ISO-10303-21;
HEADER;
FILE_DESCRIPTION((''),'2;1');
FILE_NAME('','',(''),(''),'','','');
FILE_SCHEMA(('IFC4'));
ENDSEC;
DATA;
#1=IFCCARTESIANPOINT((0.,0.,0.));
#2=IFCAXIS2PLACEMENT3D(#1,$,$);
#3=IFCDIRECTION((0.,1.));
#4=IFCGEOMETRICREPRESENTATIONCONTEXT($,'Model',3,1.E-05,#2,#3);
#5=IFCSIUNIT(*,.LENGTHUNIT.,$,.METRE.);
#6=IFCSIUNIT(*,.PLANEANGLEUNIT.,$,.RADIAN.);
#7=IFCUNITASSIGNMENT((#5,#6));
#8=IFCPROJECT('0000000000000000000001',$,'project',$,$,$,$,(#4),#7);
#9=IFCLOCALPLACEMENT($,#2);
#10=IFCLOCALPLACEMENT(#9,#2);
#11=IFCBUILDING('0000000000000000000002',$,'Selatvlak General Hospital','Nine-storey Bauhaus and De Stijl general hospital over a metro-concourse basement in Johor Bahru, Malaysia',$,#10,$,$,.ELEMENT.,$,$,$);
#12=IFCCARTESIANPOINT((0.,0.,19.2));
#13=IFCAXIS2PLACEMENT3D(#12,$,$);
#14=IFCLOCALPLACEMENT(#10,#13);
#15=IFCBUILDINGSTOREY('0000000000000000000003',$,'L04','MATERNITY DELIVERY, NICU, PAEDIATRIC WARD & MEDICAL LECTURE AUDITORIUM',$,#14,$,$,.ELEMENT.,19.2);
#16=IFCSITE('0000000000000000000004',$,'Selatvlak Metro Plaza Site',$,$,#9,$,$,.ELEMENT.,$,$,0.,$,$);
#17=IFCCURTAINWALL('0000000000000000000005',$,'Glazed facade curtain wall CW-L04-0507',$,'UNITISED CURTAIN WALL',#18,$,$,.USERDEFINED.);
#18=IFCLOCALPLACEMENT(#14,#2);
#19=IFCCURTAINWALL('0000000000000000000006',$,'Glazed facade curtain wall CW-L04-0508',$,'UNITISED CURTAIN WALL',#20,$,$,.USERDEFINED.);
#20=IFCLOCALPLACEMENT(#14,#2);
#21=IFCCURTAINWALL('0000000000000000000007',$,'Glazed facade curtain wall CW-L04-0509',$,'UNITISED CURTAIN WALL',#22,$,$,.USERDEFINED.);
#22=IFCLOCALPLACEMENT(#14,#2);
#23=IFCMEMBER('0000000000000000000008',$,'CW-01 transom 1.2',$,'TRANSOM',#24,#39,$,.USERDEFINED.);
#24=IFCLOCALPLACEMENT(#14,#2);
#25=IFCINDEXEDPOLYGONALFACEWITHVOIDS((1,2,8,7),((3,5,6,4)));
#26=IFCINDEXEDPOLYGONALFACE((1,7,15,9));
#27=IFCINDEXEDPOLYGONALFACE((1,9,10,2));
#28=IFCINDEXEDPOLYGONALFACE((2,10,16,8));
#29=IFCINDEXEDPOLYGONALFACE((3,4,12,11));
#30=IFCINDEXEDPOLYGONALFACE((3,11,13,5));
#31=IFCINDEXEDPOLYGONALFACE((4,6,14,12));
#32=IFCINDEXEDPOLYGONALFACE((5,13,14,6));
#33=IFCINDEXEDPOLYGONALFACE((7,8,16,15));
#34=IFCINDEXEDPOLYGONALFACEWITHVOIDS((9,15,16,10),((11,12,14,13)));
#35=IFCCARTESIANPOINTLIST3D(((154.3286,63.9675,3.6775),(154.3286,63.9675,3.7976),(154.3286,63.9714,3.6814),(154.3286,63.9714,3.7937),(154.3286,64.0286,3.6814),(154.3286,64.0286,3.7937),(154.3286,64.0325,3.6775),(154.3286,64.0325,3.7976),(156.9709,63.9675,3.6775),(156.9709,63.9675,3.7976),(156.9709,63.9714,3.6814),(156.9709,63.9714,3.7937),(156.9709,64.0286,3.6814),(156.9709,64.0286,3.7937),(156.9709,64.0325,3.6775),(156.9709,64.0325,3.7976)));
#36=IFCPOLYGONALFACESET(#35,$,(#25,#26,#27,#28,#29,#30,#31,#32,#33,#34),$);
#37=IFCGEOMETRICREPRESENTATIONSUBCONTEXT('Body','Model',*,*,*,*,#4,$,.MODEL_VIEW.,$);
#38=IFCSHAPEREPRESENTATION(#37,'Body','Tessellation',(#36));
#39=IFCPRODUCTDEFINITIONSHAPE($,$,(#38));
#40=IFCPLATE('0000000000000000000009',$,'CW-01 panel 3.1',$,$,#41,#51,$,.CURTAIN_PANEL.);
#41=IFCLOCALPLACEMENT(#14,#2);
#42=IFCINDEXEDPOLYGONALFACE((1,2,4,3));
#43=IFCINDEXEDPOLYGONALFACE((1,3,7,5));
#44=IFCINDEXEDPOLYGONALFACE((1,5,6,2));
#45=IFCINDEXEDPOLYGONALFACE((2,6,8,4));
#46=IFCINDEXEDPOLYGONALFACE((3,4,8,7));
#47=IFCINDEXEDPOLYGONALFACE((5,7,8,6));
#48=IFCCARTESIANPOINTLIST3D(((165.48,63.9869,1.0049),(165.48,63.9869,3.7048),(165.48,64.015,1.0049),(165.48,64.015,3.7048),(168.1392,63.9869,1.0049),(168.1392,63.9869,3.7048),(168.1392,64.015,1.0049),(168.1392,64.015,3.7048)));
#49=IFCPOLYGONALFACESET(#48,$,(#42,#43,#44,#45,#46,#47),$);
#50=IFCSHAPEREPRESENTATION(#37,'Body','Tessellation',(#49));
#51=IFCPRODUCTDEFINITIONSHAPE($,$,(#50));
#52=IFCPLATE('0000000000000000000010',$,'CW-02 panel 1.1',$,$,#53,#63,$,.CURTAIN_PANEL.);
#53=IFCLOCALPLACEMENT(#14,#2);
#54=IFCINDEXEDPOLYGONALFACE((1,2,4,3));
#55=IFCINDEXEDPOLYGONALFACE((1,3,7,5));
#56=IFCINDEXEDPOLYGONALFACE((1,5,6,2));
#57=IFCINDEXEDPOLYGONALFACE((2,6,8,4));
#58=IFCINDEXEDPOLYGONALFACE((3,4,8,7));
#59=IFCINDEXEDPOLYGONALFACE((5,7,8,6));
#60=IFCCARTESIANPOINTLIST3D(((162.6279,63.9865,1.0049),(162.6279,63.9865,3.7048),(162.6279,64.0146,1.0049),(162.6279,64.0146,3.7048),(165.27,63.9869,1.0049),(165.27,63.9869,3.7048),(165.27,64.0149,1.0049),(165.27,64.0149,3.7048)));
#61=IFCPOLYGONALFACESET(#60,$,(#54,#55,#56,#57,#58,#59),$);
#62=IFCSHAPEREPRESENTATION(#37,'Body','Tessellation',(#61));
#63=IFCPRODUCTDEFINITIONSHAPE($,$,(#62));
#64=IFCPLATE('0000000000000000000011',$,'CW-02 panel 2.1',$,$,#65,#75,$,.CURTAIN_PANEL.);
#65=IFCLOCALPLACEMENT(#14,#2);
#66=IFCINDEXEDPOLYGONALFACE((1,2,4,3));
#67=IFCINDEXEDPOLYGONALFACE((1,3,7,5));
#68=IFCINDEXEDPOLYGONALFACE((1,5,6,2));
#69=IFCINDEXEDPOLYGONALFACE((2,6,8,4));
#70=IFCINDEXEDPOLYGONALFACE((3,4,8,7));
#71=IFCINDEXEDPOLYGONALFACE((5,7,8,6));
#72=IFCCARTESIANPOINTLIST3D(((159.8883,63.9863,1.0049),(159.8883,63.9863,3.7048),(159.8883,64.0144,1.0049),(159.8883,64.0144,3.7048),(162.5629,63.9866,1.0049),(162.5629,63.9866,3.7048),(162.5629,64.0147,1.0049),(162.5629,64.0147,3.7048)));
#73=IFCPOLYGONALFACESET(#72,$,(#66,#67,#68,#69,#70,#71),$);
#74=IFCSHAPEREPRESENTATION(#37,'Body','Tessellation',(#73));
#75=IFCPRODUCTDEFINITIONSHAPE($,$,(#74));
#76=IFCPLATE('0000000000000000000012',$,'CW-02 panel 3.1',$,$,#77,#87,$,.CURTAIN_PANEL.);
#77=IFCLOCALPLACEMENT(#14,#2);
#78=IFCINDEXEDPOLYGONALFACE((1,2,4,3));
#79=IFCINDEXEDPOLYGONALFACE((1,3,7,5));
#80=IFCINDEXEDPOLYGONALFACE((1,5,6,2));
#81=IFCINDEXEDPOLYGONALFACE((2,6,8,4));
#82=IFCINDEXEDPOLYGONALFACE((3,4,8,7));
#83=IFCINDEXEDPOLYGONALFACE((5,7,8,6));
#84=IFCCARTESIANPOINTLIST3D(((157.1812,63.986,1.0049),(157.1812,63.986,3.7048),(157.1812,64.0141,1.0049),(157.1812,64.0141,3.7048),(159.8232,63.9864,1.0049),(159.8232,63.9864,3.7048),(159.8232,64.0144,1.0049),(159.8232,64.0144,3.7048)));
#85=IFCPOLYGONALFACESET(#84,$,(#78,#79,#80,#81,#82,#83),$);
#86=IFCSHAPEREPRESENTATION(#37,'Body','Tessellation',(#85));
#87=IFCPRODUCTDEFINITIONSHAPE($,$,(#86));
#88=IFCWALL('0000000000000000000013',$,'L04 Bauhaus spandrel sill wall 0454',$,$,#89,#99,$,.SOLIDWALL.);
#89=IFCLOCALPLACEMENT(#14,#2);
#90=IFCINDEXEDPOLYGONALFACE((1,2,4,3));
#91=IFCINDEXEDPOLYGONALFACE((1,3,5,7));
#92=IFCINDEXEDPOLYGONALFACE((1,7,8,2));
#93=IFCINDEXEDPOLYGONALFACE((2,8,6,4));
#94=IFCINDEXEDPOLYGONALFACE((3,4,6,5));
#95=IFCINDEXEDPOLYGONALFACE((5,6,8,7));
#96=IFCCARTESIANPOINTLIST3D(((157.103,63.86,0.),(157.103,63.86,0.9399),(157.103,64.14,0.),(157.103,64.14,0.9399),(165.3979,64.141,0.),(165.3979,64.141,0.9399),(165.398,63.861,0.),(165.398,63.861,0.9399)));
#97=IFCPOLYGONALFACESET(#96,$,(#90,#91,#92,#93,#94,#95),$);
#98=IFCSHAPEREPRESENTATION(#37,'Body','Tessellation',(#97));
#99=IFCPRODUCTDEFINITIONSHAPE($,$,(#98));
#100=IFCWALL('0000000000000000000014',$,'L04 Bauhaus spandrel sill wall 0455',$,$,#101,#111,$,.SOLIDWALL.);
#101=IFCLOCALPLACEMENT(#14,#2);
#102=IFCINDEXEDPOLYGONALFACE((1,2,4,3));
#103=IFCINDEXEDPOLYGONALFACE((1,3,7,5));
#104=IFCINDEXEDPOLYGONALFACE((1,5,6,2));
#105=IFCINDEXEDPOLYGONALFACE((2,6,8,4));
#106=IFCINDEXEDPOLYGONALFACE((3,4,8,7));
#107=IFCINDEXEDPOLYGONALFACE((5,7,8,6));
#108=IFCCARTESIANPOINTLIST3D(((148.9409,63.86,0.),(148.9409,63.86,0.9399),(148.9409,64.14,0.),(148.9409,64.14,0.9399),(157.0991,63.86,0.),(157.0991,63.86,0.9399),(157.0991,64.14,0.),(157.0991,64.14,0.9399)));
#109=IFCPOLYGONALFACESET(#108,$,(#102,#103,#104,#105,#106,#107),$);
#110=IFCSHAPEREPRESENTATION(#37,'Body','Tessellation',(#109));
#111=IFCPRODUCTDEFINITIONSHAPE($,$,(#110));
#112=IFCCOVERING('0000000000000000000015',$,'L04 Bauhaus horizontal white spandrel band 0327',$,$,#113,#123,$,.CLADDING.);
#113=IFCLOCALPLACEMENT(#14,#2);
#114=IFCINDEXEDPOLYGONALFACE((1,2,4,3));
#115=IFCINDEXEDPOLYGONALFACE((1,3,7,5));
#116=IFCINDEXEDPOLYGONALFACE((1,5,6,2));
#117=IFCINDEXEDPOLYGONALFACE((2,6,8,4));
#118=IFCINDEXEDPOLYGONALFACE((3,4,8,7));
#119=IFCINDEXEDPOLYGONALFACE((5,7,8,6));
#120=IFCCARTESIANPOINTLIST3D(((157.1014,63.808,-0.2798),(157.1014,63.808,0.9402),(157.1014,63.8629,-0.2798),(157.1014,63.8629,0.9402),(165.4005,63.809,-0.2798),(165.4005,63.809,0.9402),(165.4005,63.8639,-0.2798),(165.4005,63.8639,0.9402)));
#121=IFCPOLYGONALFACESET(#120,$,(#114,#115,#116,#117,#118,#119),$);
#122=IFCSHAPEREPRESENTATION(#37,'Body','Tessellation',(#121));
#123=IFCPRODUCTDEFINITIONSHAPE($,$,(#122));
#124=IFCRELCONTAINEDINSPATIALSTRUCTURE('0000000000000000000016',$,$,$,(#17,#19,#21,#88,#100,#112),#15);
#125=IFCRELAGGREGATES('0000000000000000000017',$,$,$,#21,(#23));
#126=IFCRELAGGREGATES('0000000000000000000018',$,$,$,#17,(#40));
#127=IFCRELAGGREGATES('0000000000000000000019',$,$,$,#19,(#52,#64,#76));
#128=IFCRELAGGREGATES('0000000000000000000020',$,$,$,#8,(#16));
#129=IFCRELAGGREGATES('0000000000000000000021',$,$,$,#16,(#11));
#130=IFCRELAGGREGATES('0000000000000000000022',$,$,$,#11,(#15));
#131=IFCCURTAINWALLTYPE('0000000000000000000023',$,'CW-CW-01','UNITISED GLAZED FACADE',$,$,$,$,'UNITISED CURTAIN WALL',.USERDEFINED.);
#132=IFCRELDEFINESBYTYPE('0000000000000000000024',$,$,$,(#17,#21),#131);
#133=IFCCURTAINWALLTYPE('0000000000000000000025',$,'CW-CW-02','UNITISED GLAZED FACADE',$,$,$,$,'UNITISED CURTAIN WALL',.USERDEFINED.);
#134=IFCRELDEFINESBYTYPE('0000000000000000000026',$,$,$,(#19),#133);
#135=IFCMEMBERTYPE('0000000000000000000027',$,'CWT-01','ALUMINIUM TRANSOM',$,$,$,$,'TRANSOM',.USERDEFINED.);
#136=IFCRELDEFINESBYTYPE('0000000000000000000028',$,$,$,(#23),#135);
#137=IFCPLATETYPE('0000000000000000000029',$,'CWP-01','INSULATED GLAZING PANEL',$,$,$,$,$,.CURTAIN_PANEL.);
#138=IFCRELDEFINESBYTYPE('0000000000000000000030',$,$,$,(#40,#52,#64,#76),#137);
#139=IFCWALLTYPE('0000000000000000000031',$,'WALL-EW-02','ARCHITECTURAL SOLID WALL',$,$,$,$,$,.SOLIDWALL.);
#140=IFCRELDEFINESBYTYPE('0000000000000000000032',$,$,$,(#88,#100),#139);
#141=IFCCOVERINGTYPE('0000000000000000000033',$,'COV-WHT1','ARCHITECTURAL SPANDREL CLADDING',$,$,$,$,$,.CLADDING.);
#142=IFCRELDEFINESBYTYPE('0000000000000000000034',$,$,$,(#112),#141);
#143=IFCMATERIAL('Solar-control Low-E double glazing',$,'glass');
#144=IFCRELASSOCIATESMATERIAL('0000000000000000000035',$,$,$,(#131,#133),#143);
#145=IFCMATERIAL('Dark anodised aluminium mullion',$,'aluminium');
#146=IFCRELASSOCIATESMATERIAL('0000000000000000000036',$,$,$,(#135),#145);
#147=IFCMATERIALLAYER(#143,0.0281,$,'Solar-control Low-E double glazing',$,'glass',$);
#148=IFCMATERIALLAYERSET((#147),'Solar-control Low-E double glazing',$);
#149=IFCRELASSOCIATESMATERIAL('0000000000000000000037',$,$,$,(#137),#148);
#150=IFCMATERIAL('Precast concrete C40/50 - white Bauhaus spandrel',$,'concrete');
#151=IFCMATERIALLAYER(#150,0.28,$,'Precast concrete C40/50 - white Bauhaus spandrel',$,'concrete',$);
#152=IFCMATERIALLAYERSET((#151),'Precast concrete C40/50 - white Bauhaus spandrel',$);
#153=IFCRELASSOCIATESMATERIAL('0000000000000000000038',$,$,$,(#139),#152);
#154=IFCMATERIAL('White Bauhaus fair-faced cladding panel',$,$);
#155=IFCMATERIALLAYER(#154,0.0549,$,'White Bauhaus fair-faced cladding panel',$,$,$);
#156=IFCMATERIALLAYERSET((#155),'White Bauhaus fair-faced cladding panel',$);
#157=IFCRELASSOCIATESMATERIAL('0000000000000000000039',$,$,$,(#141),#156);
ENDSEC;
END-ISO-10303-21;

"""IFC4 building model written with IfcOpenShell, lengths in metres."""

from ifc_helpers import new_model, si_unit, direction, frame, frame_2d, origin, origin_2d, place, context, subcontext, project, spatial, rectangle, hollow_rectangle, extrude, material, layer, layer_set, material_profile, profile_set, type_object, element, aggregate, save


model = new_model("IFC4")

# Units and contexts
model_context = context("Model", 3, precision=1e-05, world=origin(), true_north=direction((0.0, 1.0)))
body_context = subcontext(model_context, "Body", "Model", "MODEL_VIEW")
ifc_project = project(units=[si_unit("LENGTHUNIT", "METRE"), si_unit("PLANEANGLEUNIT", "RADIAN")], contexts=[model_context])

# Site, building, storey
site_placement = place(None, origin())
site = spatial("IfcSite", under=ifc_project, at=site_placement, Name="Selatvlak Metro Plaza Site", CompositionType="ELEMENT", RefElevation=0.0)
building_placement = place(site_placement, origin())
building = spatial("IfcBuilding", under=site, at=building_placement, Name="Selatvlak General Hospital", Description="Nine-storey Bauhaus and De Stijl general hospital over a metro-concourse basement in Johor Bahru, Malaysia", CompositionType="ELEMENT")
storey_placement = place(building_placement, frame((0.0, 0.0, 19.2)))
storey = spatial("IfcBuildingStorey", under=building, at=storey_placement, Name="L04", Description="MATERNITY DELIVERY, NICU, PAEDIATRIC WARD & MEDICAL LECTURE AUDITORIUM", CompositionType="ELEMENT", Elevation=19.2)

# Curtain wall
ifc_material_1 = material(Name="Solar-control Low-E double glazing", Category="glass")
curtain_wall_type_1 = type_object("IfcCurtainWallType", Name="CW-CW-01", Description="UNITISED GLAZED FACADE", ElementType="UNITISED CURTAIN WALL", PredefinedType="USERDEFINED", material=ifc_material_1)
curtain_wall_1_placement = place(storey_placement, origin())
curtain_wall_1 = element("IfcCurtainWall", 1, at=curtain_wall_1_placement, inside=storey, type_object=curtain_wall_type_1, Name="Glazed facade curtain wall CW-L04-0507", ObjectType="UNITISED CURTAIN WALL", PredefinedType="USERDEFINED")
ifc_material_2 = material(Name="Dark anodised aluminium mullion", Category="aluminium")

# Curtain wall
curtain_wall_type_2 = type_object("IfcCurtainWallType", Name="CW-CW-02", Description="UNITISED GLAZED FACADE", ElementType="UNITISED CURTAIN WALL", PredefinedType="USERDEFINED", material=ifc_material_1)
curtain_wall_2_placement = place(storey_placement, origin())
curtain_wall_2 = element("IfcCurtainWall", 2, at=curtain_wall_2_placement, inside=storey, type_object=curtain_wall_type_2, Name="Glazed facade curtain wall CW-L04-0508", ObjectType="UNITISED CURTAIN WALL", PredefinedType="USERDEFINED")

# Curtain wall
curtain_wall_3_placement = place(storey_placement, origin())
curtain_wall_3 = element("IfcCurtainWall", 3, at=curtain_wall_3_placement, inside=storey, type_object=curtain_wall_type_1, Name="Glazed facade curtain wall CW-L04-0509", ObjectType="UNITISED CURTAIN WALL", PredefinedType="USERDEFINED")

# Member
ifc_material_profile_1 = material_profile(ifc_material_2, hollow_rectangle(XDim=0.0649, YDim=0.1201, WallThickness=0.0039, at=origin_2d()), Name="AL-TRN 65x120x4")
ifc_profile_set_1 = profile_set([ifc_material_profile_1], Name="Dark anodised aluminium mullion")
member_type_1 = type_object("IfcMemberType", Name="CWT-01", Description="ALUMINIUM TRANSOM", ElementType="TRANSOM", PredefinedType="USERDEFINED", material=ifc_profile_set_1)
member_1_placement = place(storey_placement, frame((156.9709, 64.0, 3.7375), z_axis=(-1.0, 0.0, 0.0), x_axis=(0.0, -1.0, 0.0)))
member_1 = element("IfcMember", 4, at=member_1_placement, type_object=member_type_1, Name="CW-01 transom 1.2", ObjectType="TRANSOM", PredefinedType="USERDEFINED", context=body_context, shape_type="SweptSolid", body=[
    extrude(hollow_rectangle(XDim=0.0649, YDim=0.1201, WallThickness=0.0039, at=origin_2d()), origin(), (0.0, 0.0, 1.0), 2.6423),
])
aggregate(curtain_wall_3, [member_1])

# Plates
ifc_layer_1 = layer(ifc_material_1, 0.0281, Name="Solar-control Low-E double glazing", Category="glass")
ifc_layer_set_1 = layer_set([ifc_layer_1], Name="Solar-control Low-E double glazing")
plate_type = type_object("IfcPlateType", Name="CWP-01", Description="INSULATED GLAZING PANEL", PredefinedType="CURTAIN_PANEL", material=ifc_layer_set_1)
plate_1_placement = place(storey_placement, frame((166.8096, 64.001, 1.0049), z_axis=(0.0, 0.0, 1.0), x_axis=(-1.0, 0.0, 0.0)))
plate_1 = element("IfcPlate", 5, at=plate_1_placement, type_object=plate_type, Name="CW-01 panel 3.1", PredefinedType="CURTAIN_PANEL", context=body_context, shape_type="SweptSolid", body=[
    extrude(rectangle(XDim=2.6592, YDim=0.0281, at=origin_2d()), origin(), (0.0, 0.0, 1.0), 2.7),
])
aggregate(curtain_wall_1, [plate_1])
plate_2_placement = place(storey_placement, frame((163.949, 64.0007, 1.0049), z_axis=(0.0, 0.0, 1.0), x_axis=(-1.0, -0.000122, 0.0)))
plate_2 = element("IfcPlate", 6, at=plate_2_placement, type_object=plate_type, Name="CW-02 panel 1.1", PredefinedType="CURTAIN_PANEL", context=body_context, shape_type="SweptSolid", body=[
    extrude(rectangle(XDim=2.6421, YDim=0.0281, at=origin_2d()), origin(), (0.0, 0.0, 1.0), 2.7),
])
plate_3_placement = place(storey_placement, frame((161.2256, 64.0005, 1.0049), z_axis=(0.0, 0.0, 1.0), x_axis=(-1.0, -0.000122, 0.0)))
plate_3 = element("IfcPlate", 7, at=plate_3_placement, type_object=plate_type, Name="CW-02 panel 2.1", PredefinedType="CURTAIN_PANEL", context=body_context, shape_type="SweptSolid", body=[
    extrude(rectangle(XDim=2.6746, YDim=0.0281, at=origin_2d()), origin(), (0.0, 0.0, 1.0), 2.7),
])
plate_4_placement = place(storey_placement, frame((158.5022, 64.0002, 1.0049), z_axis=(0.0, 0.0, 1.0), x_axis=(-1.0, -0.000122, 0.0)))
plate_4 = element("IfcPlate", 8, at=plate_4_placement, type_object=plate_type, Name="CW-02 panel 3.1", PredefinedType="CURTAIN_PANEL", context=body_context, shape_type="SweptSolid", body=[
    extrude(rectangle(XDim=2.6421, YDim=0.0281, at=origin_2d()), origin(), (0.0, 0.0, 1.0), 2.7),
])
aggregate(curtain_wall_2, [plate_2, plate_3, plate_4])

# Walls
ifc_material_3 = material(Name="Precast concrete C40/50 - white Bauhaus spandrel", Category="concrete")
ifc_layer_2 = layer(ifc_material_3, 0.28, Name="Precast concrete C40/50 - white Bauhaus spandrel", Category="concrete")
ifc_layer_set_2 = layer_set([ifc_layer_2], Name="Precast concrete C40/50 - white Bauhaus spandrel")
wall_type = type_object("IfcWallType", Name="WALL-EW-02", Description="ARCHITECTURAL SOLID WALL", PredefinedType="SOLIDWALL", material=ifc_layer_set_2)
wall_1_placement = place(storey_placement, frame((165.3979, 64.001, 0.0), z_axis=(0.0, 0.0, 1.0), x_axis=(-1.0, -0.000118, 0.0)))
element("IfcWall", 9, at=wall_1_placement, inside=storey, type_object=wall_type, Name="L04 Bauhaus spandrel sill wall 0454", PredefinedType="SOLIDWALL", context=body_context, shape_type="SweptSolid", body=[
    extrude(rectangle(XDim=8.2949, YDim=0.28, at=frame_2d((4.1475, 0.0))), origin(), (0.0, 0.0, 1.0), 0.9399),
])
wall_2_placement = place(storey_placement, frame((157.0991, 64.0, 0.0), z_axis=(0.0, 0.0, 1.0), x_axis=(-1.0, 0.0, 0.0)))
element("IfcWall", 10, at=wall_2_placement, inside=storey, type_object=wall_type, Name="L04 Bauhaus spandrel sill wall 0455", PredefinedType="SOLIDWALL", context=body_context, shape_type="SweptSolid", body=[
    extrude(rectangle(XDim=8.1582, YDim=0.28, at=frame_2d((4.0791, 0.0))), origin(), (0.0, 0.0, 1.0), 0.9399),
])

# Covering
ifc_material_4 = material(Name="White Bauhaus fair-faced cladding panel")
ifc_layer_3 = layer(ifc_material_4, 0.0549, Name="White Bauhaus fair-faced cladding panel")
ifc_layer_set_3 = layer_set([ifc_layer_3], Name="White Bauhaus fair-faced cladding panel")
covering_type = type_object("IfcCoveringType", Name="COV-WHT1", Description="ARCHITECTURAL SPANDREL CLADDING", PredefinedType="CLADDING", material=ifc_layer_set_3)
covering_placement = place(storey_placement, frame((161.251, 63.8359, -0.2798), z_axis=(0.0, 0.0, 1.0), x_axis=(-1.0, -0.000122, 0.0)))
element("IfcCovering", 11, at=covering_placement, inside=storey, type_object=covering_type, Name="L04 Bauhaus horizontal white spandrel band 0327", PredefinedType="CLADDING", context=body_context, shape_type="SweptSolid", body=[
    extrude(rectangle(XDim=8.2991, YDim=0.0549, at=origin_2d()), origin(), (0.0, 0.0, 1.0), 1.22),
])

save(model, "model.ifc")
